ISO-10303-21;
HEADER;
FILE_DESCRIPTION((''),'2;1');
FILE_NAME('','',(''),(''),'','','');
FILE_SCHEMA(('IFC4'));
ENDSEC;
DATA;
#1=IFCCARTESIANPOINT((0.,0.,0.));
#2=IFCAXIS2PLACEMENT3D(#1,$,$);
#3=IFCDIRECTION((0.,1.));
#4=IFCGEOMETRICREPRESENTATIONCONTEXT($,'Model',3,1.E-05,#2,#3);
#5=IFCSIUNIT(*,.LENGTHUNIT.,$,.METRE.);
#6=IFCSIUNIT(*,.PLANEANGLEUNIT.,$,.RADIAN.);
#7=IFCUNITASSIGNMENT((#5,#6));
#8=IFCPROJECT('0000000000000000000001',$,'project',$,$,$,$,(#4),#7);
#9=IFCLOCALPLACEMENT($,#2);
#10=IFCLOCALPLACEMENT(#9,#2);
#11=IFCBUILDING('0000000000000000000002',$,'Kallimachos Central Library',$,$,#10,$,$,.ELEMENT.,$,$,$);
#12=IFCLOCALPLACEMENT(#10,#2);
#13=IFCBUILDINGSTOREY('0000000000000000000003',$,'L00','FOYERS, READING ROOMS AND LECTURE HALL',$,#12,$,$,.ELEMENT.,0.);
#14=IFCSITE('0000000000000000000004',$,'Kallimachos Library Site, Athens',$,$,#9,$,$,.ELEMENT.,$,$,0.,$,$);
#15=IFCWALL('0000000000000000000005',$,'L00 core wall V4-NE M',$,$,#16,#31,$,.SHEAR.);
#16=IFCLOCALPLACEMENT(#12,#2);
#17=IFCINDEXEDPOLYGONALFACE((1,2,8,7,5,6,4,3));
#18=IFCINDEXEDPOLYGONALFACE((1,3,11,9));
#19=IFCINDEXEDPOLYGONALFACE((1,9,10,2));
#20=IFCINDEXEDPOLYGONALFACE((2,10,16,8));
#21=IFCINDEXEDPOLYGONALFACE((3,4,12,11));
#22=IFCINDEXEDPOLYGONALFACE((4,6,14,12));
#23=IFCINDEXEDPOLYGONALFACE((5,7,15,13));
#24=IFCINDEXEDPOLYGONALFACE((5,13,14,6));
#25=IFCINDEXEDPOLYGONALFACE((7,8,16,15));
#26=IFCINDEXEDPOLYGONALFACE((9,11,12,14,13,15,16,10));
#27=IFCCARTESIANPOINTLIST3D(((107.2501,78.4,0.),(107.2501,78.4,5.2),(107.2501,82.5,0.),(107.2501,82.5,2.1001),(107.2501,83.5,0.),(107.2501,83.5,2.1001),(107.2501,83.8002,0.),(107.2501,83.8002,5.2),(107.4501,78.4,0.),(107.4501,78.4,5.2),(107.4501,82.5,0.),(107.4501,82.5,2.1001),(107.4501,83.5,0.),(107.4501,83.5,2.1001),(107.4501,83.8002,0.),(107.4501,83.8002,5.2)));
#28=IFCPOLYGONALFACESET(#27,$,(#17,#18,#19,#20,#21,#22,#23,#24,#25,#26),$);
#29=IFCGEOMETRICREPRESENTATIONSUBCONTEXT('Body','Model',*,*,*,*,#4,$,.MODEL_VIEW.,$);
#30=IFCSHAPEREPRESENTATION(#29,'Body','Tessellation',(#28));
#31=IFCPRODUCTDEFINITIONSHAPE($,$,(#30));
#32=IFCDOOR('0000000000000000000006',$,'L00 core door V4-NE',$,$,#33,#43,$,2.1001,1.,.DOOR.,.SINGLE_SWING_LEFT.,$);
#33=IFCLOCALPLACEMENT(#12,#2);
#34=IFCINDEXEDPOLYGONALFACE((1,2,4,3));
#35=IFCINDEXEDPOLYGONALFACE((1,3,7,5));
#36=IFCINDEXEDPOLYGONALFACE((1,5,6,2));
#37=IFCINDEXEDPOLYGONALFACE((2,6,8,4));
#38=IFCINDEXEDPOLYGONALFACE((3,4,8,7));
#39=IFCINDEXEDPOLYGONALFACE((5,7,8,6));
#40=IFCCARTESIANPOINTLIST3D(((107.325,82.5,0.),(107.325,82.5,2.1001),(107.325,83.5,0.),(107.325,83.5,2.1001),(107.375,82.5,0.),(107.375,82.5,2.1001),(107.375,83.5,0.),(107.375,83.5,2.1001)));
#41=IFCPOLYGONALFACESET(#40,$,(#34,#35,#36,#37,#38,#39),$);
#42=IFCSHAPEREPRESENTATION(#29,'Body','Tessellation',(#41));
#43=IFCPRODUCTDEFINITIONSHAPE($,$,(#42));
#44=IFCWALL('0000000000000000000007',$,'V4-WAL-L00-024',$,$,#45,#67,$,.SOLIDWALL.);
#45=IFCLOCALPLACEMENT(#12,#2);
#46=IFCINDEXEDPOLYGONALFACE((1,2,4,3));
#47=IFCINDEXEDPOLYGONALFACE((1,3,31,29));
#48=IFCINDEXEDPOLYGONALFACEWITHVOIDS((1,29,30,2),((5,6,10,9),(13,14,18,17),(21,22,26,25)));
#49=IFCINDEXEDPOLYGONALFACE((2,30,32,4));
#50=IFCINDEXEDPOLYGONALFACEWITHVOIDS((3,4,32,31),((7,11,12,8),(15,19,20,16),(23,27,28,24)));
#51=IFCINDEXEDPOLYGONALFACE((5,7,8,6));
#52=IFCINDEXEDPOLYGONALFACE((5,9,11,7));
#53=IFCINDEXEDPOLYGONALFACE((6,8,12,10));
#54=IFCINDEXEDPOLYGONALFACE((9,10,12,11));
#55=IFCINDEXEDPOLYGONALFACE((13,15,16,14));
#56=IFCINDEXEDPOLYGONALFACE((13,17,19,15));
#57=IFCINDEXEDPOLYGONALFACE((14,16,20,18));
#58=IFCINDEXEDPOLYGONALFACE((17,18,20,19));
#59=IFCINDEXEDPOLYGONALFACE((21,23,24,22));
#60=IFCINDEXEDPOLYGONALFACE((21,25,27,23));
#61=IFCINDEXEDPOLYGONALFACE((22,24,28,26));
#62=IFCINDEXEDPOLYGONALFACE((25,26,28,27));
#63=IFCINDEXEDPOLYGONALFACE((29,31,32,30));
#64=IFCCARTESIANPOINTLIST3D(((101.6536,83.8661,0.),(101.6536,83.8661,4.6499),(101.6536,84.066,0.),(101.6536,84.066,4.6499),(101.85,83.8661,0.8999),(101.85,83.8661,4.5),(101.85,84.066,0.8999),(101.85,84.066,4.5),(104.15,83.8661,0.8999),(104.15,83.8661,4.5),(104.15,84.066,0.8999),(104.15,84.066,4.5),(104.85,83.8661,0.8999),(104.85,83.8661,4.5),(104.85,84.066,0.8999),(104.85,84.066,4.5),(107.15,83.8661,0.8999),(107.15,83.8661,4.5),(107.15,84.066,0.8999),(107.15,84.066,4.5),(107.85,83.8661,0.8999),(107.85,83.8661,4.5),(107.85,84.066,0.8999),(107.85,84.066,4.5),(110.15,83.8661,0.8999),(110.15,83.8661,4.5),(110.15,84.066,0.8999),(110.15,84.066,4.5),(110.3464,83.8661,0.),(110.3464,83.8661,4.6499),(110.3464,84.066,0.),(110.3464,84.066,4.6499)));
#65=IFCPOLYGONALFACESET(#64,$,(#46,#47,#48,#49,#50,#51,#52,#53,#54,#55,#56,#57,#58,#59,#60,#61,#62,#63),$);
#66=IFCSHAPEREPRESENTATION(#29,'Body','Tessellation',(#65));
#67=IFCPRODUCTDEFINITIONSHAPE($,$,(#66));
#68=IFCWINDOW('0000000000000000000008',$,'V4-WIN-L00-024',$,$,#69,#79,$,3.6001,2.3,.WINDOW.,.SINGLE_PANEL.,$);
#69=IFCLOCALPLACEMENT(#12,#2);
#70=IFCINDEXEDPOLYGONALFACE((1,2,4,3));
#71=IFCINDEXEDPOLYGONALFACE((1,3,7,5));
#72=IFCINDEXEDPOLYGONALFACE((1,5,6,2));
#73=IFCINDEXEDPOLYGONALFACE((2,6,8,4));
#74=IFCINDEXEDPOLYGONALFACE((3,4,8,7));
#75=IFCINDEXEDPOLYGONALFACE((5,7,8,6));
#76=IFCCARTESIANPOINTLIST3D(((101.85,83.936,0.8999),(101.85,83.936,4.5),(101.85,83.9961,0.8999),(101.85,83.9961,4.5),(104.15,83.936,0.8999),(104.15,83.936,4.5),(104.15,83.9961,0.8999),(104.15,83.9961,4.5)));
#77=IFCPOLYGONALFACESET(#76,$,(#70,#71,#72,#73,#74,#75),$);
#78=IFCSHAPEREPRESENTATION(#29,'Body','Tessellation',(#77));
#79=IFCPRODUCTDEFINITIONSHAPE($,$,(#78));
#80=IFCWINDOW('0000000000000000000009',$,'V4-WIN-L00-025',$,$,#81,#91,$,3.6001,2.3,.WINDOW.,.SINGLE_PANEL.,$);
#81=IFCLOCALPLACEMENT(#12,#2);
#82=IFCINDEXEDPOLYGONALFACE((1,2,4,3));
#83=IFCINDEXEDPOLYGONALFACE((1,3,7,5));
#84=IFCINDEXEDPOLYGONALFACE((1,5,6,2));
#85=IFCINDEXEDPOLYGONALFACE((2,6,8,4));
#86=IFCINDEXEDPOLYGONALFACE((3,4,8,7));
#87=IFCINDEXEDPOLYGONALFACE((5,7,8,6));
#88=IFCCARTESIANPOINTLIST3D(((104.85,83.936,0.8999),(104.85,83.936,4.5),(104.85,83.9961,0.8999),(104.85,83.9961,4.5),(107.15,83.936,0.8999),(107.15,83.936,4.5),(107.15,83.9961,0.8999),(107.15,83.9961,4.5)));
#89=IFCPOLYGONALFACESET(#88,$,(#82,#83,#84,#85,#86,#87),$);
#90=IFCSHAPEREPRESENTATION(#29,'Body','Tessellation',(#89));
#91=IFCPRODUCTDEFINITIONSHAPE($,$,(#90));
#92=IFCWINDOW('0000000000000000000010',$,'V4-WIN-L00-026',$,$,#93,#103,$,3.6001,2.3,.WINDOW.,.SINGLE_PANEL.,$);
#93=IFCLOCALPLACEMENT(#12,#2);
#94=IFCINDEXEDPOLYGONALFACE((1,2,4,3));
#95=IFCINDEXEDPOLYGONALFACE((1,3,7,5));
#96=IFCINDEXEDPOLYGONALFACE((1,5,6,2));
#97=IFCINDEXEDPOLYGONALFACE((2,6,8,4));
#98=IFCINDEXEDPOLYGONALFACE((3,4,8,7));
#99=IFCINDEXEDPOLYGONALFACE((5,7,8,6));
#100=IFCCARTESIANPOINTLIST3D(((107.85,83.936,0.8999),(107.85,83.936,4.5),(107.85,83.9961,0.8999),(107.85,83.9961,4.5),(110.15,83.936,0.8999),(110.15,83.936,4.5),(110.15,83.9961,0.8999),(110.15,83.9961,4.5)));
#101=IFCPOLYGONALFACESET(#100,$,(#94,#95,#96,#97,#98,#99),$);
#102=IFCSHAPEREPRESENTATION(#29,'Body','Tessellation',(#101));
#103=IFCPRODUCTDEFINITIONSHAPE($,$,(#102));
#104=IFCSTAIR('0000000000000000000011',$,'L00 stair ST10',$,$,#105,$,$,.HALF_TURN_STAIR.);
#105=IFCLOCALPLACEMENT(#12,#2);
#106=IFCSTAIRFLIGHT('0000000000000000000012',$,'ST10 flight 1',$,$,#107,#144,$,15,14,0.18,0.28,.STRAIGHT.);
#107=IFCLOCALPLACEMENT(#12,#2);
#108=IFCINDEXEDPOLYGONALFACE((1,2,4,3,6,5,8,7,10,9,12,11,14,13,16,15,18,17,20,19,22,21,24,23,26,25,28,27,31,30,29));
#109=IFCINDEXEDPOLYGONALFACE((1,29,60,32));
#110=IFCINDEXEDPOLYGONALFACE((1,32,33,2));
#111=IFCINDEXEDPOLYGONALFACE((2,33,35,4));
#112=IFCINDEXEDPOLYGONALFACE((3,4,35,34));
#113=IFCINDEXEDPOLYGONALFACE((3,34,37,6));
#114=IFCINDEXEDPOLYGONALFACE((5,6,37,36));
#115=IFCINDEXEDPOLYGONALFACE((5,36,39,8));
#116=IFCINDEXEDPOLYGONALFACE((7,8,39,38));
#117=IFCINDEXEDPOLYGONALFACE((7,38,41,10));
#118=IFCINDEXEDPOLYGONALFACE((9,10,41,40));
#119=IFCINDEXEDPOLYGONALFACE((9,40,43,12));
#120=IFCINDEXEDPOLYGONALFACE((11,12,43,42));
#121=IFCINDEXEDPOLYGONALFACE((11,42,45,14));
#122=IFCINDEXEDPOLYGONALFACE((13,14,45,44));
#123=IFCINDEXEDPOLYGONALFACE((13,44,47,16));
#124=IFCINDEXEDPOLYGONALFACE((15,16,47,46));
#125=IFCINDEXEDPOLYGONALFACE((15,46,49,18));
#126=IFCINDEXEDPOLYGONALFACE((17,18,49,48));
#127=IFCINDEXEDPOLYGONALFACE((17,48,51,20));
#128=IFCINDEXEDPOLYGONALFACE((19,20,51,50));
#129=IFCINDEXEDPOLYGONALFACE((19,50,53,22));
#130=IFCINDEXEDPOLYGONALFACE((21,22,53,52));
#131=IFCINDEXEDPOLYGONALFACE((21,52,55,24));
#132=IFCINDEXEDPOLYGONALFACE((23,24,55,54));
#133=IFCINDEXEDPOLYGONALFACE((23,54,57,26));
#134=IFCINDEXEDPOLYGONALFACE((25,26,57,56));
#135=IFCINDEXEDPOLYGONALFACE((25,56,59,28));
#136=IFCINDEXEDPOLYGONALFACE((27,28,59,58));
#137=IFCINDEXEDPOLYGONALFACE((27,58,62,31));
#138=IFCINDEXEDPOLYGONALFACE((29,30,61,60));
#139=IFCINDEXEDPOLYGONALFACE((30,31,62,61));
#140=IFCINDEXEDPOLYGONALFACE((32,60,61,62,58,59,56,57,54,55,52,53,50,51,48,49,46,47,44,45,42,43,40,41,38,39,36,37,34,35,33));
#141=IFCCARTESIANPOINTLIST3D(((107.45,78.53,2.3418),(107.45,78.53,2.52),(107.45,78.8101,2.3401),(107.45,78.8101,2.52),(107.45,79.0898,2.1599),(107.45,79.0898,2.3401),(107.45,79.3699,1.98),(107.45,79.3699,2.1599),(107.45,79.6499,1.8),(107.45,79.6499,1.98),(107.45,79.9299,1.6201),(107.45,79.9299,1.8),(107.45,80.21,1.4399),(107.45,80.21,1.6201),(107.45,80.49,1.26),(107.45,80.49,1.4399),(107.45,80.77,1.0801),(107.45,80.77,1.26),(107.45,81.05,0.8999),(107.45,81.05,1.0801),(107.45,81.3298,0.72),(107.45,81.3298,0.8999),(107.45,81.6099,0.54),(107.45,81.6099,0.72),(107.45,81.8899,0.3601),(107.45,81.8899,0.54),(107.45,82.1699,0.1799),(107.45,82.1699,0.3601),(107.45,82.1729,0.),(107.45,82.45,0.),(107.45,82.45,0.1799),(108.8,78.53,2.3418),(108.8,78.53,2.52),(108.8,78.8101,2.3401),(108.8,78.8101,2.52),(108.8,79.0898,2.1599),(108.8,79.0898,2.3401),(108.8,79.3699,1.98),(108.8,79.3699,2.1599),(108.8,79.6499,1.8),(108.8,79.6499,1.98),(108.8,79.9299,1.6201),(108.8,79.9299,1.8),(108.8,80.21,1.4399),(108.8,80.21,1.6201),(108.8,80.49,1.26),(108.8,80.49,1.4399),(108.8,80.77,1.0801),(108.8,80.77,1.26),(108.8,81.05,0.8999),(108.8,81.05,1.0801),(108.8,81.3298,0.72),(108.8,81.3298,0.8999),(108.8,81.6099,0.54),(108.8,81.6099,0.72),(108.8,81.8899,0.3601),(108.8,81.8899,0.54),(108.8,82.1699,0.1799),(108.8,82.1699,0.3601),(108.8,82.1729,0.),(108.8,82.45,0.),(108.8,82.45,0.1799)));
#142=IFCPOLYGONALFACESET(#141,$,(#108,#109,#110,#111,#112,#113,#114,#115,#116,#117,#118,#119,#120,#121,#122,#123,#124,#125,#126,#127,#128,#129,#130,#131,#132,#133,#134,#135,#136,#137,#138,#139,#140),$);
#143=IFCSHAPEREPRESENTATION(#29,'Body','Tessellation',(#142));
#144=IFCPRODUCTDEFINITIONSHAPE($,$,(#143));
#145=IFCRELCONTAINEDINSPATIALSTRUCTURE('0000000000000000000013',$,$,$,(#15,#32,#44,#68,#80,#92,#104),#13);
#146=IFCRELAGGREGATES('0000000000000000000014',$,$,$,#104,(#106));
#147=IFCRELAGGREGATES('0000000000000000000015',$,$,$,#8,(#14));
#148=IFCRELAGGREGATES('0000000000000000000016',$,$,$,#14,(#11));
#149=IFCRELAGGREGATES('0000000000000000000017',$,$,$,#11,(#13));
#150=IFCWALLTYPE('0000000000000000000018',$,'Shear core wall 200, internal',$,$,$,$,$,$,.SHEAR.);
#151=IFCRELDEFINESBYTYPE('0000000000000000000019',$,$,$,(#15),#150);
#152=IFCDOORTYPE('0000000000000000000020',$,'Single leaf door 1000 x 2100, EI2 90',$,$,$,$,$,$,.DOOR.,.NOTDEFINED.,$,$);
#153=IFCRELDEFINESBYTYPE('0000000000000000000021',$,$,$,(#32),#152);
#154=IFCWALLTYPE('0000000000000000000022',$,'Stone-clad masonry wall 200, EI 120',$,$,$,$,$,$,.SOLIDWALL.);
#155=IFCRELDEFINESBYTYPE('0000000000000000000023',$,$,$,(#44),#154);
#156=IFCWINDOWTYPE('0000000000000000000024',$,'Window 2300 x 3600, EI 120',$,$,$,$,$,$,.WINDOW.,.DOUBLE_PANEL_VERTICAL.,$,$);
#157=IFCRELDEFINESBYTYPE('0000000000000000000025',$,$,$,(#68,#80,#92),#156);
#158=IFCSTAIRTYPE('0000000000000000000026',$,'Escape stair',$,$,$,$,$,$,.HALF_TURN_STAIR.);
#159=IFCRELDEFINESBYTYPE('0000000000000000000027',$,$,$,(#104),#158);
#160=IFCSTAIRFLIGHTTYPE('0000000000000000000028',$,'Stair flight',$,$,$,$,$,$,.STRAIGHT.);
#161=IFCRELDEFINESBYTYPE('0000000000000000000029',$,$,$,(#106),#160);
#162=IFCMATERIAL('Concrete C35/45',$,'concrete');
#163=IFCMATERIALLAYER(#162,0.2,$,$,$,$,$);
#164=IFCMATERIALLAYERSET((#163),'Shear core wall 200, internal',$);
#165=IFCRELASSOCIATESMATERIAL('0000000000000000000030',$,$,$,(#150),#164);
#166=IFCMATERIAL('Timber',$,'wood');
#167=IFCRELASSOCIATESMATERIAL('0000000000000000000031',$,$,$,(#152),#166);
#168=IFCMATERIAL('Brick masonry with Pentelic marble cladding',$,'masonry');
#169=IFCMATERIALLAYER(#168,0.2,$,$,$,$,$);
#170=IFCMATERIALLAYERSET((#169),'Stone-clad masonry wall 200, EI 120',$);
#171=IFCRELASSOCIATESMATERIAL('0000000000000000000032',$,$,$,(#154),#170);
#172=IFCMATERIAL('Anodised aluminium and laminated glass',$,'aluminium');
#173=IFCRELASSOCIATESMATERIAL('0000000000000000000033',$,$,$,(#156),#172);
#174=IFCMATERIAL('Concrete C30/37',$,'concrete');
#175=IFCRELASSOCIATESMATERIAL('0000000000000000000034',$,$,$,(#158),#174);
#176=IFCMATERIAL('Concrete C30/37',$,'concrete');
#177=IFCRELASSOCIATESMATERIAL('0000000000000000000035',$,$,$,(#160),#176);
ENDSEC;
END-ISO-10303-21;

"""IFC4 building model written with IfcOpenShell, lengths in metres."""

from ifc_helpers import new_model, si_unit, direction, frame, frame_2d, origin, place, context, subcontext, project, spatial, polyline, rectangle, outline, extrude, material, layer, layer_set, type_object, element, fill, aggregate, save


model = new_model("IFC4")

# Units and contexts
model_context = context("Model", 3, precision=1e-05, world=origin(), true_north=direction((0.0, 1.0)))
body_context = subcontext(model_context, "Body", "Model", "MODEL_VIEW")
ifc_project = project(units=[si_unit("LENGTHUNIT", "METRE"), si_unit("PLANEANGLEUNIT", "RADIAN")], contexts=[model_context])

# Site, building, storey
site_placement = place(None, origin())
site = spatial("IfcSite", under=ifc_project, at=site_placement, Name="Kallimachos Library Site, Athens", CompositionType="ELEMENT", RefElevation=0.0)
building_placement = place(site_placement, origin())
building = spatial("IfcBuilding", under=site, at=building_placement, Name="Kallimachos Central Library", CompositionType="ELEMENT")
storey_placement = place(building_placement, origin())
storey = spatial("IfcBuildingStorey", under=building, at=storey_placement, Name="L00", Description="FOYERS, READING ROOMS AND LECTURE HALL", CompositionType="ELEMENT", Elevation=0.0)

# Wall, opening, door
ifc_material_1 = material(Name="Concrete C35/45", Category="concrete")
ifc_layer_1 = layer(ifc_material_1, 0.2)
ifc_layer_set_1 = layer_set([ifc_layer_1], Name="Shear core wall 200, internal")
wall_type_1 = type_object("IfcWallType", Name="Shear core wall 200, internal", PredefinedType="SHEAR", material=ifc_layer_set_1)
wall_1_placement = place(storey_placement, frame((107.3501, 78.3999, 0.0), z_axis=(0.0, 0.0, 1.0), x_axis=(0.0, 1.0, 0.0)))
wall_1 = element("IfcWall", 1, at=wall_1_placement, inside=storey, type_object=wall_type_1, Name="L00 core wall V4-NE M", PredefinedType="SHEAR", context=body_context, shape_type="SweptSolid", body=[
    extrude(rectangle(XDim=5.4001, YDim=0.2, at=frame_2d((2.7002, 0.0))), origin(), (0.0, 0.0, 1.0), 5.2),
])
opening_1_placement = place(wall_1_placement, frame((4.1001, 0.0, 0.0)))
opening_1 = element("IfcOpeningElement", 2, at=opening_1_placement, cuts=wall_1, PredefinedType="OPENING", context=body_context, shape_type="SweptSolid", body=[
    extrude(rectangle(XDim=1.0, YDim=2.1001, at=frame_2d((0.5, 1.05))), frame((0.0, 0.1099, 0.0), z_axis=(0.0, -1.0, 0.0), x_axis=(1.0, 0.0, 0.0)), (0.0, 0.0, 1.0), 0.22),
])
ifc_material_2 = material(Name="Timber", Category="wood")
door_type_1 = type_object("IfcDoorType", Name="Single leaf door 1000 x 2100, EI2 90", OperationType="NOTDEFINED", PredefinedType="DOOR", material=ifc_material_2)
door_1_placement = place(opening_1_placement, frame((1.0, 0.0, 0.0), z_axis=(0.0, 0.0, 1.0), x_axis=(-1.0, 0.0, 0.0)))
door_1 = element("IfcDoor", 3, at=door_1_placement, inside=storey, type_object=door_type_1, Name="L00 core door V4-NE", OperationType="SINGLE_SWING_LEFT", OverallHeight=2.1001, OverallWidth=1.0, PredefinedType="DOOR", context=body_context, shape_type="SweptSolid", body=[
    extrude(rectangle(XDim=1.0, YDim=2.1001, at=frame_2d((0.5, 1.05))), frame((0.0, 0.0249, 0.0), z_axis=(0.0, -1.0, 0.0), x_axis=(1.0, 0.0, 0.0)), (0.0, 0.0, 1.0), 0.05),
])
fill(opening_1, door_1)

# Wall, openings, windows
ifc_material_3 = material(Name="Brick masonry with Pentelic marble cladding", Category="masonry")
ifc_layer_2 = layer(ifc_material_3, 0.2)
ifc_layer_set_2 = layer_set([ifc_layer_2], Name="Stone-clad masonry wall 200, EI 120")
wall_type_2 = type_object("IfcWallType", Name="Stone-clad masonry wall 200, EI 120", PredefinedType="SOLIDWALL", material=ifc_layer_set_2)
wall_2_placement = place(storey_placement, frame((101.6536, 83.9661, 0.0), z_axis=(0.0, 0.0, 1.0), x_axis=(1.0, 0.0, 0.0)))
wall_2 = element("IfcWall", 4, at=wall_2_placement, inside=storey, type_object=wall_type_2, Name="V4-WAL-L00-024", PredefinedType="SOLIDWALL", context=body_context, shape_type="SweptSolid", body=[
    extrude(rectangle(XDim=8.6929, YDim=0.2, at=frame_2d((4.3464, 0.0))), origin(), (0.0, 0.0, 1.0), 4.6499),
])
opening_2_placement = place(wall_2_placement, frame((0.1965, 0.0, 0.8999)))
opening_2 = element("IfcOpeningElement", 5, at=opening_2_placement, cuts=wall_2, PredefinedType="OPENING", context=body_context, shape_type="SweptSolid", body=[
    extrude(rectangle(XDim=2.3, YDim=3.6001, at=frame_2d((1.1499, 1.8))), frame((0.0, 0.1099, 0.0), z_axis=(0.0, -1.0, 0.0), x_axis=(1.0, 0.0, 0.0)), (0.0, 0.0, 1.0), 0.22),
])
opening_3_placement = place(wall_2_placement, frame((3.1965, 0.0, 0.8999)))
opening_3 = element("IfcOpeningElement", 6, at=opening_3_placement, cuts=wall_2, PredefinedType="OPENING", context=body_context, shape_type="SweptSolid", body=[
    extrude(rectangle(XDim=2.3, YDim=3.6001, at=frame_2d((1.1499, 1.8))), frame((0.0, 0.1099, 0.0), z_axis=(0.0, -1.0, 0.0), x_axis=(1.0, 0.0, 0.0)), (0.0, 0.0, 1.0), 0.22),
])
opening_4_placement = place(wall_2_placement, frame((6.1965, 0.0, 0.8999)))
opening_4 = element("IfcOpeningElement", 7, at=opening_4_placement, cuts=wall_2, PredefinedType="OPENING", context=body_context, shape_type="SweptSolid", body=[
    extrude(rectangle(XDim=2.3, YDim=3.6001, at=frame_2d((1.1499, 1.8))), frame((0.0, 0.1099, 0.0), z_axis=(0.0, -1.0, 0.0), x_axis=(1.0, 0.0, 0.0)), (0.0, 0.0, 1.0), 0.22),
])
ifc_material_4 = material(Name="Anodised aluminium and laminated glass", Category="aluminium")
window_type = type_object("IfcWindowType", Name="Window 2300 x 3600, EI 120", PartitioningType="DOUBLE_PANEL_VERTICAL", PredefinedType="WINDOW", material=ifc_material_4)
window_1_placement = place(opening_2_placement, origin())
window_1 = element("IfcWindow", 8, at=window_1_placement, inside=storey, type_object=window_type, Name="V4-WIN-L00-024", OverallHeight=3.6001, OverallWidth=2.3, PartitioningType="SINGLE_PANEL", PredefinedType="WINDOW", context=body_context, shape_type="SweptSolid", body=[
    extrude(rectangle(XDim=2.3, YDim=3.6001, at=frame_2d((1.1499, 1.8))), frame((0.0, 0.03, 0.0), z_axis=(0.0, -1.0, 0.0), x_axis=(1.0, 0.0, 0.0)), (0.0, 0.0, 1.0), 0.0601),
])
fill(opening_2, window_1)
window_2_placement = place(opening_3_placement, origin())
window_2 = element("IfcWindow", 9, at=window_2_placement, inside=storey, type_object=window_type, Name="V4-WIN-L00-025", OverallHeight=3.6001, OverallWidth=2.3, PartitioningType="SINGLE_PANEL", PredefinedType="WINDOW", context=body_context, shape_type="SweptSolid", body=[
    extrude(rectangle(XDim=2.3, YDim=3.6001, at=frame_2d((1.1499, 1.8))), frame((0.0, 0.03, 0.0), z_axis=(0.0, -1.0, 0.0), x_axis=(1.0, 0.0, 0.0)), (0.0, 0.0, 1.0), 0.0601),
])
fill(opening_3, window_2)
window_3_placement = place(opening_4_placement, origin())
window_3 = element("IfcWindow", 10, at=window_3_placement, inside=storey, type_object=window_type, Name="V4-WIN-L00-026", OverallHeight=3.6001, OverallWidth=2.3, PartitioningType="SINGLE_PANEL", PredefinedType="WINDOW", context=body_context, shape_type="SweptSolid", body=[
    extrude(rectangle(XDim=2.3, YDim=3.6001, at=frame_2d((1.1499, 1.8))), frame((0.0, 0.03, 0.0), z_axis=(0.0, -1.0, 0.0), x_axis=(1.0, 0.0, 0.0)), (0.0, 0.0, 1.0), 0.0601),
])
fill(opening_4, window_3)

# Stair, stair flight
ifc_material_5 = material(Name="Concrete C30/37", Category="concrete")
stair_type = type_object("IfcStairType", Name="Escape stair", PredefinedType="HALF_TURN_STAIR", material=ifc_material_5)
stair_placement = place(storey_placement, origin())
stair = element("IfcStair", 11, at=stair_placement, inside=storey, type_object=stair_type, Name="L00 stair ST10", PredefinedType="HALF_TURN_STAIR")
ifc_material_6 = material(Name="Concrete C30/37", Category="concrete")
stair_flight_type = type_object("IfcStairFlightType", Name="Stair flight", PredefinedType="STRAIGHT", material=ifc_material_6)
stair_flight_1_placement = place(storey_placement, frame((108.125, 82.45, 0.0), z_axis=(0.0, 0.0, 1.0), x_axis=(0.0, -1.0, 0.0)))
stair_flight_1 = element("IfcStairFlight", 12, at=stair_flight_1_placement, type_object=stair_flight_type, Name="ST10 flight 1", NumberOfRisers=15, NumberOfTreads=14, PredefinedType="STRAIGHT", RiserHeight=0.18, TreadLength=0.28, context=body_context, shape_type="SweptSolid", body=[
    extrude(outline(polyline([(0.0, 0.0), (0.0, 0.1799), (0.28, 0.1799), (0.28, 0.3601), (0.5601, 0.3601), (0.5601, 0.54), (0.8401, 0.54), (0.8401, 0.72), (1.1201, 0.72), (1.1201, 0.8999), (1.3999, 0.8999), (1.3999, 1.0801), (1.6799, 1.0801), (1.6799, 1.26), (1.96, 1.26), (1.96, 1.4399), (2.24, 1.4399), (2.24, 1.6201), (2.52, 1.6201), (2.52, 1.8), (2.8, 1.8), (2.8, 1.98), (3.0801, 1.98), (3.0801, 2.1599), (3.3601, 2.1599), (3.3601, 2.3401), (3.6399, 2.3401), (3.6399, 2.52), (3.9199, 2.52), (3.9199, 2.7), (3.9199, 2.3418), (0.2771, 0.0), (0.0, 0.0)])), frame((0.0, 0.675, 0.0), z_axis=(0.0, -1.0, 0.0), x_axis=(1.0, 0.0, 0.0)), (0.0, 0.0, 1.0), 1.3501),
])
aggregate(stair, [stair_flight_1])

save(model, "model.ifc")
